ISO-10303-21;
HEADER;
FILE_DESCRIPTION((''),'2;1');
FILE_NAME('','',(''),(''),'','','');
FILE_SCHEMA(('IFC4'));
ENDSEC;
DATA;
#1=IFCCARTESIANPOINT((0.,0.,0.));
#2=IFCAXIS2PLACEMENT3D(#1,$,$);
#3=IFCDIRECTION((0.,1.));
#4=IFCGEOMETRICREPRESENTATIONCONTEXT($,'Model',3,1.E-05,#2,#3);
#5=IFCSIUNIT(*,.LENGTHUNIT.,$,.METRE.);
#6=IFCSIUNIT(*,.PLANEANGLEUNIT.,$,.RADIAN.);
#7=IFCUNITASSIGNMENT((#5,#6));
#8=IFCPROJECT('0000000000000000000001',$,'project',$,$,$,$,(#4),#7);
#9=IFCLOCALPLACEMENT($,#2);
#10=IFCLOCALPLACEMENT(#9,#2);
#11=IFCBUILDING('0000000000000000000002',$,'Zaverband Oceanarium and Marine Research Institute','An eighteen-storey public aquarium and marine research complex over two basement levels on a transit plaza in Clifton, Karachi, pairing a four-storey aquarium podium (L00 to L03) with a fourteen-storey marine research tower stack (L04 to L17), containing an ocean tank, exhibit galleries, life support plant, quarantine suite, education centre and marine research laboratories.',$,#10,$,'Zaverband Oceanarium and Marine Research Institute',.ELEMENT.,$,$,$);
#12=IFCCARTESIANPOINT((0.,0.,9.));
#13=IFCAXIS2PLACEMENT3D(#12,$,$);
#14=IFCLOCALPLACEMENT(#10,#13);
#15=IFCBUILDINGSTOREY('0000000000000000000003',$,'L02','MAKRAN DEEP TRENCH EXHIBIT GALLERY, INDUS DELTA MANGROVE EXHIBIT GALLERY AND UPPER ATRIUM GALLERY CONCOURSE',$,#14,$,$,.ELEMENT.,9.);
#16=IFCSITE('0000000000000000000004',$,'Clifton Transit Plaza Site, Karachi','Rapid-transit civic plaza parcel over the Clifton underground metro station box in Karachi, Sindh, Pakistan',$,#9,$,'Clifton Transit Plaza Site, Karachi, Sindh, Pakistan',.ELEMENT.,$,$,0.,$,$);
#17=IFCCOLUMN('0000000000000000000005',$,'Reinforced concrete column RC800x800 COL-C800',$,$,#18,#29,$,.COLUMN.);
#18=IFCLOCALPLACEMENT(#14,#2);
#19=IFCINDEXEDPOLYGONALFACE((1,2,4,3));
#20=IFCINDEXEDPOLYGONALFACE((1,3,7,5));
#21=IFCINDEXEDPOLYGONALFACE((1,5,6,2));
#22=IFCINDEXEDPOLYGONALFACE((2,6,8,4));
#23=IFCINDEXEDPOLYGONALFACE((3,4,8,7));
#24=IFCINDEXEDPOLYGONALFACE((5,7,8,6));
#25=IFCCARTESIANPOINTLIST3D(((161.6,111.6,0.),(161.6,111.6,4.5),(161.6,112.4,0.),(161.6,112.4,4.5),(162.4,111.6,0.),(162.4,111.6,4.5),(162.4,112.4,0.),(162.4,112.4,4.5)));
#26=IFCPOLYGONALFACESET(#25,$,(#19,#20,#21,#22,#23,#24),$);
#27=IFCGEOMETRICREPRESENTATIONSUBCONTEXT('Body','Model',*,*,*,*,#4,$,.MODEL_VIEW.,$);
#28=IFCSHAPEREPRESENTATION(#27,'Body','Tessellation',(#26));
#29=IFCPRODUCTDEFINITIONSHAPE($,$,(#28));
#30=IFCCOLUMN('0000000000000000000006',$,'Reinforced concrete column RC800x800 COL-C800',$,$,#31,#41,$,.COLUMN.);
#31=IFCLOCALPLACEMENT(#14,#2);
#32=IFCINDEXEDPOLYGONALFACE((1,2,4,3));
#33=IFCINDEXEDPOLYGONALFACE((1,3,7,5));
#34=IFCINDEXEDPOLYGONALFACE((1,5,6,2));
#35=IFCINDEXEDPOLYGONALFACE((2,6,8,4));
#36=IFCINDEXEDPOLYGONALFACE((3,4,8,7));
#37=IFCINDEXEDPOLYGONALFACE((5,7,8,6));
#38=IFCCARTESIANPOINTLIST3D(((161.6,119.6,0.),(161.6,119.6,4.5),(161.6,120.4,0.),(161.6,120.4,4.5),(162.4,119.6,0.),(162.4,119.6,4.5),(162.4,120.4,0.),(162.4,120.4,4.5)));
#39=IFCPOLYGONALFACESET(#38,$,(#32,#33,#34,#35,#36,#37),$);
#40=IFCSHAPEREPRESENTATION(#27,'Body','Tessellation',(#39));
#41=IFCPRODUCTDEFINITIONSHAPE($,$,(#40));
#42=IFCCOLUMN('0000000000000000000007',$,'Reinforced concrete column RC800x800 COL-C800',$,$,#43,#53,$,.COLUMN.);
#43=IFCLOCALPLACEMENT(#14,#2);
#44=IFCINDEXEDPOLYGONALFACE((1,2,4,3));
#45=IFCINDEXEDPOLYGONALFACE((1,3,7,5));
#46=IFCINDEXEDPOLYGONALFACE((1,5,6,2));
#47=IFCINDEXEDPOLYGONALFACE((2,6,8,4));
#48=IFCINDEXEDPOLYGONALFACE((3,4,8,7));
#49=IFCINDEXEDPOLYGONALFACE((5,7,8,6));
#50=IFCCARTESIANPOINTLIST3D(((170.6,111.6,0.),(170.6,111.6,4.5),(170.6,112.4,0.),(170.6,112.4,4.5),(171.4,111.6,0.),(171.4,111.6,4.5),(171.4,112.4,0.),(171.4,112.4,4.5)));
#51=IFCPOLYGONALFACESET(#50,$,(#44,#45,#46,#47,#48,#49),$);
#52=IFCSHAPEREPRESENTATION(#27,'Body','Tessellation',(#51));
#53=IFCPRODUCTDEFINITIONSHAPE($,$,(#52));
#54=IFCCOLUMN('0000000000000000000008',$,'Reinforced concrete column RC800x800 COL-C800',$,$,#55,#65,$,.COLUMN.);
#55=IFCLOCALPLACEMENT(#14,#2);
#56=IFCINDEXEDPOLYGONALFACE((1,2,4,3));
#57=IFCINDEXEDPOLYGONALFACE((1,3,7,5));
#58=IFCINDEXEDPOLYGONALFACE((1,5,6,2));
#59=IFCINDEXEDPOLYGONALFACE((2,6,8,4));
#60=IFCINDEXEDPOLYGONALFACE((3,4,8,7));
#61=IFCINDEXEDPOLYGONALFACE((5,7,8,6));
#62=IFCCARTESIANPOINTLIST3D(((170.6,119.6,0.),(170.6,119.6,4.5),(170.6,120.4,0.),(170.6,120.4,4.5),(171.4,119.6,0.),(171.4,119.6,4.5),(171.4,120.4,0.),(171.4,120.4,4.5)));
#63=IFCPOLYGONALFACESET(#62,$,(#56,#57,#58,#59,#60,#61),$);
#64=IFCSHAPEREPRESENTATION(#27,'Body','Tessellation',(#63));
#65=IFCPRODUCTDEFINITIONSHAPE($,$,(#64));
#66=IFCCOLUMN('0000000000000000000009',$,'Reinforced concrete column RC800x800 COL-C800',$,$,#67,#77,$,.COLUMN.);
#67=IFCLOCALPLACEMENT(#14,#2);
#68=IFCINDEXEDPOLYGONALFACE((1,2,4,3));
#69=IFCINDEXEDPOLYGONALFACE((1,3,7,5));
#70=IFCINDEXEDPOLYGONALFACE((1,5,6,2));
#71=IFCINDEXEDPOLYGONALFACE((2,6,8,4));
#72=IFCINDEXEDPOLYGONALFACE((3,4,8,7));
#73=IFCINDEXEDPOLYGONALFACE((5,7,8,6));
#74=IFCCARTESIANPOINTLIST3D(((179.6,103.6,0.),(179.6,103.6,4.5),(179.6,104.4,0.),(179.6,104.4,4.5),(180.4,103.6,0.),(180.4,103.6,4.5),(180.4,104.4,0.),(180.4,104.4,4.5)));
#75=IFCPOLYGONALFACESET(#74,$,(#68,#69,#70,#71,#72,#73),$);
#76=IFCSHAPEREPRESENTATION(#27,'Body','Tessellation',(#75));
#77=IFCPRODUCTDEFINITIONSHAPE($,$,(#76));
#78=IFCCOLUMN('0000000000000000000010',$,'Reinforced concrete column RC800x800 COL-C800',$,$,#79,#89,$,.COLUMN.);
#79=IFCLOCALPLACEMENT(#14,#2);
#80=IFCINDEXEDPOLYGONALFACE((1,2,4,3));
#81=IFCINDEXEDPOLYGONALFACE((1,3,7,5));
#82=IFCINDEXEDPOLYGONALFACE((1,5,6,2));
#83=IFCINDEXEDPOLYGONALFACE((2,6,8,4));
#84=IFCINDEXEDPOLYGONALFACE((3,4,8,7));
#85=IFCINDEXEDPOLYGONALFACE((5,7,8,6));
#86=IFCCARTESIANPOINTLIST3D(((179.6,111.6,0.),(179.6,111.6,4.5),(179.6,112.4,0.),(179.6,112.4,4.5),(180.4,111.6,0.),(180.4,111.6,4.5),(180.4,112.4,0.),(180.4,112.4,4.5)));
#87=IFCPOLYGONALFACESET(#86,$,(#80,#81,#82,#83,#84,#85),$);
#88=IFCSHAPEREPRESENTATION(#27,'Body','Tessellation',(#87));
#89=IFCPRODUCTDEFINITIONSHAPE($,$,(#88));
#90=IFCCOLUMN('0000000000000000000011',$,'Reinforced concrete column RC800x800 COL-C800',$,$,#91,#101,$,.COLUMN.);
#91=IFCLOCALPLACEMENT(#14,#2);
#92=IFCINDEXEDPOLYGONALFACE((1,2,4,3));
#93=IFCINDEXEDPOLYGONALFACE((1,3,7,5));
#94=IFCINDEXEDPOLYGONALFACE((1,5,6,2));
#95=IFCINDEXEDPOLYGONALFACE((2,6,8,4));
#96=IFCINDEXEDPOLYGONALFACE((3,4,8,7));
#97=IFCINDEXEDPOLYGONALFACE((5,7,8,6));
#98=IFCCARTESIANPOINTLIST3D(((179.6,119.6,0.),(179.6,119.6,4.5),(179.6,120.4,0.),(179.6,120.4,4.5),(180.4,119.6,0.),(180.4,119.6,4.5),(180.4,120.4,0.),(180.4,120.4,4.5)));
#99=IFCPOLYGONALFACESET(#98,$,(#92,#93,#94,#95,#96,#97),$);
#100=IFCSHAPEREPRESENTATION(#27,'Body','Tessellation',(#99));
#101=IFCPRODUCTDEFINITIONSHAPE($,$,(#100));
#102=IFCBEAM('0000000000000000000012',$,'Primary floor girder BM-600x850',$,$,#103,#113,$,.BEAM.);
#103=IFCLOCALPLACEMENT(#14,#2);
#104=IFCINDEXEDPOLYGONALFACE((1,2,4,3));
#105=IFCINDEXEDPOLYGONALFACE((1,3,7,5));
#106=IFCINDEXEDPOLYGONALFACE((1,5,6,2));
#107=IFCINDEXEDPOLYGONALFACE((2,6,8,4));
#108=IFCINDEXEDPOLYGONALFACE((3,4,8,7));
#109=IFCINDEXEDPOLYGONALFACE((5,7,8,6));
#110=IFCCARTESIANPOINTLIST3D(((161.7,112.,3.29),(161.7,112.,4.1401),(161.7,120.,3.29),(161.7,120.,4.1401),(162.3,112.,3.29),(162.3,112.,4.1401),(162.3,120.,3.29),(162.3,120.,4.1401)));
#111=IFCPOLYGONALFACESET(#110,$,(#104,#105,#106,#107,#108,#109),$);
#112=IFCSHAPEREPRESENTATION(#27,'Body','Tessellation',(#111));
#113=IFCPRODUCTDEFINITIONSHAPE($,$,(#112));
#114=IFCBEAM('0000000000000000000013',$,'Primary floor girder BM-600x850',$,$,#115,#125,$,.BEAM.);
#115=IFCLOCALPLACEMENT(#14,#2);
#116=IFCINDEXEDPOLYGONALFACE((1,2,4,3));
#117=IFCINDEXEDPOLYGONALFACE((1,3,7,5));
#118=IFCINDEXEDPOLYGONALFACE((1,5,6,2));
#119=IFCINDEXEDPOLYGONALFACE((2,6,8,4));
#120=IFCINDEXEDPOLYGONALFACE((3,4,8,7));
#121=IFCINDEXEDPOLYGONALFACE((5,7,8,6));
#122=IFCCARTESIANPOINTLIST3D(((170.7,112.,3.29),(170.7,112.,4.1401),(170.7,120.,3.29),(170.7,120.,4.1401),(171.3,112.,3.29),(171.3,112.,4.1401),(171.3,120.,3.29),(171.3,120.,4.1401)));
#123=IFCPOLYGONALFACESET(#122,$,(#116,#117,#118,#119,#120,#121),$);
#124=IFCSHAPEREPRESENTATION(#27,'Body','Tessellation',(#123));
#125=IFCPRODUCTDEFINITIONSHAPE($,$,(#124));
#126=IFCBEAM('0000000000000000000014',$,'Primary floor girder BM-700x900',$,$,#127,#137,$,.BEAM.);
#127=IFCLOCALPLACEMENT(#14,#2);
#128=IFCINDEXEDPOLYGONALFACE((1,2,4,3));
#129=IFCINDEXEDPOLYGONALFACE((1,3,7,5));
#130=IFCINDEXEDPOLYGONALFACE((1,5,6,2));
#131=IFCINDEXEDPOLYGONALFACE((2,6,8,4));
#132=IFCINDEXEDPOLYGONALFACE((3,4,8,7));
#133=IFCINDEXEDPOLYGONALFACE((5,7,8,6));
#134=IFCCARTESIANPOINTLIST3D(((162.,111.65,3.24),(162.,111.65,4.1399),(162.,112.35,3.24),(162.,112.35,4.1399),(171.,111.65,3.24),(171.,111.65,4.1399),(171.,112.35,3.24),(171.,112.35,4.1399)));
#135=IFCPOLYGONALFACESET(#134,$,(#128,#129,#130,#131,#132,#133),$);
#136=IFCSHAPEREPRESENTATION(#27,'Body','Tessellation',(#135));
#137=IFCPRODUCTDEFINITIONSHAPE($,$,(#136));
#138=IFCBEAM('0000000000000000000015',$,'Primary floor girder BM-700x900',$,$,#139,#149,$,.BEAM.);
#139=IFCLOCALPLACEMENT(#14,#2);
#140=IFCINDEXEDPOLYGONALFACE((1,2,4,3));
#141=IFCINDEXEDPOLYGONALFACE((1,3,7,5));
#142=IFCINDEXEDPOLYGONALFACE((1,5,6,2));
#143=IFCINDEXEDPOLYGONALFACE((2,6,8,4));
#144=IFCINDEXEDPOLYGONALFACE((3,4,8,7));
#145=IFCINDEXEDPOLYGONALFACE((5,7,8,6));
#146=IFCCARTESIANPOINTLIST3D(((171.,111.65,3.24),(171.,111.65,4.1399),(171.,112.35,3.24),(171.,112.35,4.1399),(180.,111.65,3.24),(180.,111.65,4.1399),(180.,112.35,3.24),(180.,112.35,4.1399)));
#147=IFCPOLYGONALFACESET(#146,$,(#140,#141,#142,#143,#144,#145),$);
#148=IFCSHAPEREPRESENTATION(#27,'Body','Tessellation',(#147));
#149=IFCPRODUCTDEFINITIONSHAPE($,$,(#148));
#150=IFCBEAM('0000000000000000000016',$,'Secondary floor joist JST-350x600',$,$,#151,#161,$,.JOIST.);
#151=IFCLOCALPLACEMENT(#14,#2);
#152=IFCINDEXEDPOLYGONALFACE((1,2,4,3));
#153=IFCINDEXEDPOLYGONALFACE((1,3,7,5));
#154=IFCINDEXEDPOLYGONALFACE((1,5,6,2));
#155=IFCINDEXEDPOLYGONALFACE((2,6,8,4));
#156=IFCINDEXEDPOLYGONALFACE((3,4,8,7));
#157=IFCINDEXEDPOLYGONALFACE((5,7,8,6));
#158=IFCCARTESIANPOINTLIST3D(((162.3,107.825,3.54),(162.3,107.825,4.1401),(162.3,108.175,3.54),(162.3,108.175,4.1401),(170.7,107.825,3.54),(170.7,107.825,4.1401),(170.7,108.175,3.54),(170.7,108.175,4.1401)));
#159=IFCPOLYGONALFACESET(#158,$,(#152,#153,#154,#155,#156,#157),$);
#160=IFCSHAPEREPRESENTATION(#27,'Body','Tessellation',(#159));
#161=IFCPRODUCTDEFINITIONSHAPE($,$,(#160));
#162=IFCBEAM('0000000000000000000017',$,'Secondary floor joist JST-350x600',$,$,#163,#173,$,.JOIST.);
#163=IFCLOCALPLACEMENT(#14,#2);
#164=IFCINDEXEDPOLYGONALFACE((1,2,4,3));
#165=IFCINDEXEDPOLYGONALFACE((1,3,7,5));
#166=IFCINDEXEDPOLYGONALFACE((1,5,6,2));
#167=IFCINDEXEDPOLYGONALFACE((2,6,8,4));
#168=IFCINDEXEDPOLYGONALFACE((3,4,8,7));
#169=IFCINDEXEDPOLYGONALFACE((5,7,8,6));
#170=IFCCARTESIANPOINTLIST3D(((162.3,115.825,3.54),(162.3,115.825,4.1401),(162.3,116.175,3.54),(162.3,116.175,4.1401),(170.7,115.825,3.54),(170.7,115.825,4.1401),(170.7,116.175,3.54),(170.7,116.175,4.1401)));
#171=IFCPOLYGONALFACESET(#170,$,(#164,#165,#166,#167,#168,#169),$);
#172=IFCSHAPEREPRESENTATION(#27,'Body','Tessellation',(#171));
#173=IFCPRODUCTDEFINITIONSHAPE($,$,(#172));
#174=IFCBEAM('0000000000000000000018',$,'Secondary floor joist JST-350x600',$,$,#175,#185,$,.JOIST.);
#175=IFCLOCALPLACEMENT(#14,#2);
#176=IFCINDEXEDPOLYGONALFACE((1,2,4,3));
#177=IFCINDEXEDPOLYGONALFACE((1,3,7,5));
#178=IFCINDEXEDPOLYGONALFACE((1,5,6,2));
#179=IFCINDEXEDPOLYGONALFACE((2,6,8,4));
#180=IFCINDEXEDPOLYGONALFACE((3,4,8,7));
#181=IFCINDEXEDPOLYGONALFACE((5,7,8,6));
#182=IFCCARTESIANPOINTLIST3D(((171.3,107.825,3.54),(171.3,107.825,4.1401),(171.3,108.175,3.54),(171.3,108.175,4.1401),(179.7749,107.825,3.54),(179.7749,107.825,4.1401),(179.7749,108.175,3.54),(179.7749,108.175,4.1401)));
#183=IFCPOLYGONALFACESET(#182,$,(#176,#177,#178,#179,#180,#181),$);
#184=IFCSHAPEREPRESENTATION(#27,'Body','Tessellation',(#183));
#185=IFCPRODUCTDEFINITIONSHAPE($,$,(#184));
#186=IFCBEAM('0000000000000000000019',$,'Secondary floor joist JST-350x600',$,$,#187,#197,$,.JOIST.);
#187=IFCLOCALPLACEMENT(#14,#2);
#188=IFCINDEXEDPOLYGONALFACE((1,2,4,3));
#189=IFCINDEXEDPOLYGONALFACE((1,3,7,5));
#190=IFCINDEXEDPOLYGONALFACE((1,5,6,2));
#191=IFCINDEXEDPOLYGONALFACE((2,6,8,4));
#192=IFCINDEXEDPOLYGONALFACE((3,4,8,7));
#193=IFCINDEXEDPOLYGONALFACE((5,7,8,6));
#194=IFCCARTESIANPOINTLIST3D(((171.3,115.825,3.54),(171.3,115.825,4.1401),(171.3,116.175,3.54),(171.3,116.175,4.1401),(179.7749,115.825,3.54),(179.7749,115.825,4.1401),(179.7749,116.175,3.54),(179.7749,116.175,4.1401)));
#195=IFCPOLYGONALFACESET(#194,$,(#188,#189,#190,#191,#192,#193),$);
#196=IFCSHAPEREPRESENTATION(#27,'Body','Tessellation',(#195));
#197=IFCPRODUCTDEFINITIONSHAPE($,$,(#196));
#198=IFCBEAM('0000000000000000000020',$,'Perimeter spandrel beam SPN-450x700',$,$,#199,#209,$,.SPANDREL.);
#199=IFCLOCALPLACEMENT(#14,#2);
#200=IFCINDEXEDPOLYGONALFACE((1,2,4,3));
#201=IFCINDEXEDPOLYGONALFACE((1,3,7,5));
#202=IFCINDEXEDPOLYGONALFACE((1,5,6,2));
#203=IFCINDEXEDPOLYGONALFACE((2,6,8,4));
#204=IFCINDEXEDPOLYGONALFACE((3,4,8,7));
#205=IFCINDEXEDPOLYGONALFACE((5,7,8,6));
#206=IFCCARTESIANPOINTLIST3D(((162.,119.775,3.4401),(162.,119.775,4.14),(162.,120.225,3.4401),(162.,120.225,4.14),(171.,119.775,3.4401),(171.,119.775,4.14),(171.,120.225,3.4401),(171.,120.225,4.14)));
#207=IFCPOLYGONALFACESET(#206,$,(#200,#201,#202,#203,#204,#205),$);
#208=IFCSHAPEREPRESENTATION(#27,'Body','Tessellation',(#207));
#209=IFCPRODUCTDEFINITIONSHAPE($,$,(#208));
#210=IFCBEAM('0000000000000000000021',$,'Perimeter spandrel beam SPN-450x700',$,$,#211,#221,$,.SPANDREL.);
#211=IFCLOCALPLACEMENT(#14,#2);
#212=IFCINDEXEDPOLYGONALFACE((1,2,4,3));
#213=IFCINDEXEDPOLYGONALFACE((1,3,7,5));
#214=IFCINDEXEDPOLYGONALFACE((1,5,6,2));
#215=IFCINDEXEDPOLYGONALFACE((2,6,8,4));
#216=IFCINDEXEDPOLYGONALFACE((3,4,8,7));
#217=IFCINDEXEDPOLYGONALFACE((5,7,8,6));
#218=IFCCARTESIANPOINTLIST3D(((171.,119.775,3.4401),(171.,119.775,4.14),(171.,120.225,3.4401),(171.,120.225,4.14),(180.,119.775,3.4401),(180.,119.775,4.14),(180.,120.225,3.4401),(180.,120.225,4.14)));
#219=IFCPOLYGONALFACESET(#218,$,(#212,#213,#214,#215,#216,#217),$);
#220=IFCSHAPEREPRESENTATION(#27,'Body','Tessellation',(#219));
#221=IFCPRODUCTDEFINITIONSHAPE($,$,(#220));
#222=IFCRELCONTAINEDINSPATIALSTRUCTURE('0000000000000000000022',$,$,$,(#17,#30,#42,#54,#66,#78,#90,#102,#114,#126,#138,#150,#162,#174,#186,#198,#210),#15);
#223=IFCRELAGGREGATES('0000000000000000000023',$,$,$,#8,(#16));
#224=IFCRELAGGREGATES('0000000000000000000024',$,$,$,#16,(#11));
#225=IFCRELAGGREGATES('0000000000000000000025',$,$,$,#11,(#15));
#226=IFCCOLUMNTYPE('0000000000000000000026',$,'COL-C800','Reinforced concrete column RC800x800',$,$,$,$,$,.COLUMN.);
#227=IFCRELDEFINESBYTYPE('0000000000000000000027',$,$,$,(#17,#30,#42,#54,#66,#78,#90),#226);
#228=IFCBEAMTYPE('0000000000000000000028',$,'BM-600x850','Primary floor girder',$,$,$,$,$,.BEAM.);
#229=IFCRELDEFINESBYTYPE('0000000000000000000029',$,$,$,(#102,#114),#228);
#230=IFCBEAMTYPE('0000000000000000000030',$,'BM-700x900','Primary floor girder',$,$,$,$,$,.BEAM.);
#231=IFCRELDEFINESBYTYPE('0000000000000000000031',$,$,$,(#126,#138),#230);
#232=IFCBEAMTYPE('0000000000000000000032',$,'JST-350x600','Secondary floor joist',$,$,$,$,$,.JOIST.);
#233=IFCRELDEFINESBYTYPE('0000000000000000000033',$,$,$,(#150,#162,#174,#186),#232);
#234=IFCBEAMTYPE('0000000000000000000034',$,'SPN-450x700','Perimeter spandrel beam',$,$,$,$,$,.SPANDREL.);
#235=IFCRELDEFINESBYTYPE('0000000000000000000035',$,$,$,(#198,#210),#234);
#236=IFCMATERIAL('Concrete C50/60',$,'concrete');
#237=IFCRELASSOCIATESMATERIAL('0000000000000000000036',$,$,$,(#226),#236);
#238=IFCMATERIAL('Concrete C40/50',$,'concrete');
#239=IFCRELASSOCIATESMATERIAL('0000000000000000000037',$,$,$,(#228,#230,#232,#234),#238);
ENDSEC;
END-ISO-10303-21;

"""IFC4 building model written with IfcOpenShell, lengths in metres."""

from ifc_helpers import new_model, si_unit, direction, frame, origin, origin_2d, place, context, subcontext, project, spatial, rectangle, extrude, material, material_profile, profile_set, type_object, element, save


model = new_model("IFC4")

# Units and contexts
model_context = context("Model", 3, precision=1e-05, world=origin(), true_north=direction((0.0, 1.0)))
body_context = subcontext(model_context, "Body", "Model", "MODEL_VIEW")
ifc_project = project(units=[si_unit("LENGTHUNIT", "METRE"), si_unit("PLANEANGLEUNIT", "RADIAN")], contexts=[model_context])

# Site, building, storey
site_placement = place(None, origin())
site = spatial("IfcSite", under=ifc_project, at=site_placement, Name="Clifton Transit Plaza Site, Karachi", Description="Rapid-transit civic plaza parcel over the Clifton underground metro station box in Karachi, Sindh, Pakistan", LongName="Clifton Transit Plaza Site, Karachi, Sindh, Pakistan", CompositionType="ELEMENT", RefElevation=0.0)
building_placement = place(site_placement, origin())
building = spatial("IfcBuilding", under=site, at=building_placement, Name="Zaverband Oceanarium and Marine Research Institute", Description="An eighteen-storey public aquarium and marine research complex over two basement levels on a transit plaza in Clifton, Karachi, pairing a four-storey aquarium podium (L00 to L03) with a fourteen-storey marine research tower stack (L04 to L17), containing an ocean tank, exhibit galleries, life support plant, quarantine suite, education centre and marine research laboratories.", LongName="Zaverband Oceanarium and Marine Research Institute", CompositionType="ELEMENT")
storey_placement = place(building_placement, frame((0.0, 0.0, 9.0)))
storey = spatial("IfcBuildingStorey", under=building, at=storey_placement, Name="L02", Description="MAKRAN DEEP TRENCH EXHIBIT GALLERY, INDUS DELTA MANGROVE EXHIBIT GALLERY AND UPPER ATRIUM GALLERY CONCOURSE", CompositionType="ELEMENT", Elevation=9.0)

# Columns
ifc_material_1 = material(Name="Concrete C50/60", Category="concrete")
ifc_material_profile_1 = material_profile(ifc_material_1, rectangle(XDim=0.8, YDim=0.8, at=origin_2d()), Name="RC800x800")
ifc_profile_set_1 = profile_set([ifc_material_profile_1], Name="Concrete C50/60")
column_type = type_object("IfcColumnType", Name="COL-C800", Description="Reinforced concrete column RC800x800", PredefinedType="COLUMN", material=ifc_profile_set_1)
for number, where, z_axis, x_axis, name in (
    (1, (162.0, 112.0, 0.0), (0.0, 0.0, 1.0), (1.0, 0.0, 0.0), "Reinforced concrete column RC800x800 COL-C800"),
    (2, (162.0, 120.0, 0.0), (0.0, 0.0, 1.0), (1.0, 0.0, 0.0), "Reinforced concrete column RC800x800 COL-C800"),
    (3, (171.0, 112.0, 0.0), (0.0, 0.0, 1.0), (1.0, 0.0, 0.0), "Reinforced concrete column RC800x800 COL-C800"),
    (4, (171.0, 120.0, 0.0), (0.0, 0.0, 1.0), (1.0, 0.0, 0.0), "Reinforced concrete column RC800x800 COL-C800"),
    (5, (180.0, 104.0, 0.0), (0.0, 0.0, 1.0), (1.0, 0.0, 0.0), "Reinforced concrete column RC800x800 COL-C800"),
    (6, (180.0, 112.0, 0.0), (0.0, 0.0, 1.0), (1.0, 0.0, 0.0), "Reinforced concrete column RC800x800 COL-C800"),
    (7, (180.0, 120.0, 0.0), (0.0, 0.0, 1.0), (1.0, 0.0, 0.0), "Reinforced concrete column RC800x800 COL-C800"),
):
    element("IfcColumn", number, at=place(storey_placement, frame(where, z_axis=z_axis, x_axis=x_axis)), inside=storey, type_object=column_type, Name=name, PredefinedType="COLUMN", context=body_context, shape_type="SweptSolid", body=[
        extrude(rectangle(XDim=0.8, YDim=0.8, at=origin_2d()), origin(), (0.0, 0.0, 1.0), 4.5),
    ])

# Beams
ifc_material_2 = material(Name="Concrete C40/50", Category="concrete")
ifc_material_profile_2 = material_profile(ifc_material_2, rectangle(XDim=0.6001, YDim=0.8501, at=origin_2d()), Name="RC600x850")
ifc_profile_set_2 = profile_set([ifc_material_profile_2], Name="Concrete C40/50")
beam_type_1 = type_object("IfcBeamType", Name="BM-600x850", Description="Primary floor girder", PredefinedType="BEAM", material=ifc_profile_set_2)
for number, where, z_axis, x_axis, name in (
    (8, (162.0, 112.0, 3.7151), (0.0, 1.0, 0.0), (-1.0, 0.0, 0.0), "Primary floor girder BM-600x850"),
    (9, (171.0, 112.0, 3.7151), (0.0, 1.0, 0.0), (-1.0, 0.0, 0.0), "Primary floor girder BM-600x850"),
):
    element("IfcBeam", number, at=place(storey_placement, frame(where, z_axis=z_axis, x_axis=x_axis)), inside=storey, type_object=beam_type_1, Name=name, PredefinedType="BEAM", context=body_context, shape_type="SweptSolid", body=[
        extrude(rectangle(XDim=0.6001, YDim=0.8501, at=origin_2d()), origin(), (0.0, 0.0, 1.0), 8.0),
    ])
ifc_material_profile_3 = material_profile(ifc_material_2, rectangle(XDim=0.7, YDim=0.8999, at=origin_2d()), Name="RC700x900")
ifc_profile_set_3 = profile_set([ifc_material_profile_3], Name="Concrete C40/50")
beam_type_2 = type_object("IfcBeamType", Name="BM-700x900", Description="Primary floor girder", PredefinedType="BEAM", material=ifc_profile_set_3)
for number, where, z_axis, x_axis, name in (
    (10, (162.0, 112.0, 3.6899), (1.0, 0.0, 0.0), (0.0, 1.0, 0.0), "Primary floor girder BM-700x900"),
    (11, (171.0, 112.0, 3.6899), (1.0, 0.0, 0.0), (0.0, 1.0, 0.0), "Primary floor girder BM-700x900"),
):
    element("IfcBeam", number, at=place(storey_placement, frame(where, z_axis=z_axis, x_axis=x_axis)), inside=storey, type_object=beam_type_2, Name=name, PredefinedType="BEAM", context=body_context, shape_type="SweptSolid", body=[
        extrude(rectangle(XDim=0.7, YDim=0.8999, at=origin_2d()), origin(), (0.0, 0.0, 1.0), 9.0),
    ])
ifc_material_profile_4 = material_profile(ifc_material_2, rectangle(XDim=0.3501, YDim=0.6001, at=origin_2d()), Name="RC350x600")
ifc_profile_set_4 = profile_set([ifc_material_profile_4], Name="Concrete C40/50")
beam_type_3 = type_object("IfcBeamType", Name="JST-350x600", Description="Secondary floor joist", PredefinedType="JOIST", material=ifc_profile_set_4)
for number, where, z_axis, x_axis, name in (
    (12, (162.3, 108.0, 3.8401), (1.0, 0.0, 0.0), (0.0, 1.0, 0.0), "Secondary floor joist JST-350x600"),
    (13, (162.3, 116.0, 3.8401), (1.0, 0.0, 0.0), (0.0, 1.0, 0.0), "Secondary floor joist JST-350x600"),
):
    element("IfcBeam", number, at=place(storey_placement, frame(where, z_axis=z_axis, x_axis=x_axis)), inside=storey, type_object=beam_type_3, Name=name, PredefinedType="JOIST", context=body_context, shape_type="SweptSolid", body=[
        extrude(rectangle(XDim=0.3501, YDim=0.6001, at=origin_2d()), origin(), (0.0, 0.0, 1.0), 8.3999),
    ])
for number, where, z_axis, x_axis, name in (
    (14, (171.3, 108.0, 3.8401), (1.0, 0.0, 0.0), (0.0, 1.0, 0.0), "Secondary floor joist JST-350x600"),
    (15, (171.3, 116.0, 3.8401), (1.0, 0.0, 0.0), (0.0, 1.0, 0.0), "Secondary floor joist JST-350x600"),
):
    element("IfcBeam", number, at=place(storey_placement, frame(where, z_axis=z_axis, x_axis=x_axis)), inside=storey, type_object=beam_type_3, Name=name, PredefinedType="JOIST", context=body_context, shape_type="SweptSolid", body=[
        extrude(rectangle(XDim=0.3501, YDim=0.6001, at=origin_2d()), origin(), (0.0, 0.0, 1.0), 8.4749),
    ])
ifc_material_profile_5 = material_profile(ifc_material_2, rectangle(XDim=0.45, YDim=0.7, at=origin_2d()), Name="RC450x700")
ifc_profile_set_5 = profile_set([ifc_material_profile_5], Name="Concrete C40/50")
beam_type_4 = type_object("IfcBeamType", Name="SPN-450x700", Description="Perimeter spandrel beam", PredefinedType="SPANDREL", material=ifc_profile_set_5)
for number, where, z_axis, x_axis, name in (
    (16, (162.0, 120.0, 3.79), (1.0, 0.0, 0.0), (0.0, 1.0, 0.0), "Perimeter spandrel beam SPN-450x700"),
    (17, (171.0, 120.0, 3.79), (1.0, 0.0, 0.0), (0.0, 1.0, 0.0), "Perimeter spandrel beam SPN-450x700"),
):
    element("IfcBeam", number, at=place(storey_placement, frame(where, z_axis=z_axis, x_axis=x_axis)), inside=storey, type_object=beam_type_4, Name=name, PredefinedType="SPANDREL", context=body_context, shape_type="SweptSolid", body=[
        extrude(rectangle(XDim=0.45, YDim=0.7, at=origin_2d()), origin(), (0.0, 0.0, 1.0), 9.0),
    ])

save(model, "model.ifc")
